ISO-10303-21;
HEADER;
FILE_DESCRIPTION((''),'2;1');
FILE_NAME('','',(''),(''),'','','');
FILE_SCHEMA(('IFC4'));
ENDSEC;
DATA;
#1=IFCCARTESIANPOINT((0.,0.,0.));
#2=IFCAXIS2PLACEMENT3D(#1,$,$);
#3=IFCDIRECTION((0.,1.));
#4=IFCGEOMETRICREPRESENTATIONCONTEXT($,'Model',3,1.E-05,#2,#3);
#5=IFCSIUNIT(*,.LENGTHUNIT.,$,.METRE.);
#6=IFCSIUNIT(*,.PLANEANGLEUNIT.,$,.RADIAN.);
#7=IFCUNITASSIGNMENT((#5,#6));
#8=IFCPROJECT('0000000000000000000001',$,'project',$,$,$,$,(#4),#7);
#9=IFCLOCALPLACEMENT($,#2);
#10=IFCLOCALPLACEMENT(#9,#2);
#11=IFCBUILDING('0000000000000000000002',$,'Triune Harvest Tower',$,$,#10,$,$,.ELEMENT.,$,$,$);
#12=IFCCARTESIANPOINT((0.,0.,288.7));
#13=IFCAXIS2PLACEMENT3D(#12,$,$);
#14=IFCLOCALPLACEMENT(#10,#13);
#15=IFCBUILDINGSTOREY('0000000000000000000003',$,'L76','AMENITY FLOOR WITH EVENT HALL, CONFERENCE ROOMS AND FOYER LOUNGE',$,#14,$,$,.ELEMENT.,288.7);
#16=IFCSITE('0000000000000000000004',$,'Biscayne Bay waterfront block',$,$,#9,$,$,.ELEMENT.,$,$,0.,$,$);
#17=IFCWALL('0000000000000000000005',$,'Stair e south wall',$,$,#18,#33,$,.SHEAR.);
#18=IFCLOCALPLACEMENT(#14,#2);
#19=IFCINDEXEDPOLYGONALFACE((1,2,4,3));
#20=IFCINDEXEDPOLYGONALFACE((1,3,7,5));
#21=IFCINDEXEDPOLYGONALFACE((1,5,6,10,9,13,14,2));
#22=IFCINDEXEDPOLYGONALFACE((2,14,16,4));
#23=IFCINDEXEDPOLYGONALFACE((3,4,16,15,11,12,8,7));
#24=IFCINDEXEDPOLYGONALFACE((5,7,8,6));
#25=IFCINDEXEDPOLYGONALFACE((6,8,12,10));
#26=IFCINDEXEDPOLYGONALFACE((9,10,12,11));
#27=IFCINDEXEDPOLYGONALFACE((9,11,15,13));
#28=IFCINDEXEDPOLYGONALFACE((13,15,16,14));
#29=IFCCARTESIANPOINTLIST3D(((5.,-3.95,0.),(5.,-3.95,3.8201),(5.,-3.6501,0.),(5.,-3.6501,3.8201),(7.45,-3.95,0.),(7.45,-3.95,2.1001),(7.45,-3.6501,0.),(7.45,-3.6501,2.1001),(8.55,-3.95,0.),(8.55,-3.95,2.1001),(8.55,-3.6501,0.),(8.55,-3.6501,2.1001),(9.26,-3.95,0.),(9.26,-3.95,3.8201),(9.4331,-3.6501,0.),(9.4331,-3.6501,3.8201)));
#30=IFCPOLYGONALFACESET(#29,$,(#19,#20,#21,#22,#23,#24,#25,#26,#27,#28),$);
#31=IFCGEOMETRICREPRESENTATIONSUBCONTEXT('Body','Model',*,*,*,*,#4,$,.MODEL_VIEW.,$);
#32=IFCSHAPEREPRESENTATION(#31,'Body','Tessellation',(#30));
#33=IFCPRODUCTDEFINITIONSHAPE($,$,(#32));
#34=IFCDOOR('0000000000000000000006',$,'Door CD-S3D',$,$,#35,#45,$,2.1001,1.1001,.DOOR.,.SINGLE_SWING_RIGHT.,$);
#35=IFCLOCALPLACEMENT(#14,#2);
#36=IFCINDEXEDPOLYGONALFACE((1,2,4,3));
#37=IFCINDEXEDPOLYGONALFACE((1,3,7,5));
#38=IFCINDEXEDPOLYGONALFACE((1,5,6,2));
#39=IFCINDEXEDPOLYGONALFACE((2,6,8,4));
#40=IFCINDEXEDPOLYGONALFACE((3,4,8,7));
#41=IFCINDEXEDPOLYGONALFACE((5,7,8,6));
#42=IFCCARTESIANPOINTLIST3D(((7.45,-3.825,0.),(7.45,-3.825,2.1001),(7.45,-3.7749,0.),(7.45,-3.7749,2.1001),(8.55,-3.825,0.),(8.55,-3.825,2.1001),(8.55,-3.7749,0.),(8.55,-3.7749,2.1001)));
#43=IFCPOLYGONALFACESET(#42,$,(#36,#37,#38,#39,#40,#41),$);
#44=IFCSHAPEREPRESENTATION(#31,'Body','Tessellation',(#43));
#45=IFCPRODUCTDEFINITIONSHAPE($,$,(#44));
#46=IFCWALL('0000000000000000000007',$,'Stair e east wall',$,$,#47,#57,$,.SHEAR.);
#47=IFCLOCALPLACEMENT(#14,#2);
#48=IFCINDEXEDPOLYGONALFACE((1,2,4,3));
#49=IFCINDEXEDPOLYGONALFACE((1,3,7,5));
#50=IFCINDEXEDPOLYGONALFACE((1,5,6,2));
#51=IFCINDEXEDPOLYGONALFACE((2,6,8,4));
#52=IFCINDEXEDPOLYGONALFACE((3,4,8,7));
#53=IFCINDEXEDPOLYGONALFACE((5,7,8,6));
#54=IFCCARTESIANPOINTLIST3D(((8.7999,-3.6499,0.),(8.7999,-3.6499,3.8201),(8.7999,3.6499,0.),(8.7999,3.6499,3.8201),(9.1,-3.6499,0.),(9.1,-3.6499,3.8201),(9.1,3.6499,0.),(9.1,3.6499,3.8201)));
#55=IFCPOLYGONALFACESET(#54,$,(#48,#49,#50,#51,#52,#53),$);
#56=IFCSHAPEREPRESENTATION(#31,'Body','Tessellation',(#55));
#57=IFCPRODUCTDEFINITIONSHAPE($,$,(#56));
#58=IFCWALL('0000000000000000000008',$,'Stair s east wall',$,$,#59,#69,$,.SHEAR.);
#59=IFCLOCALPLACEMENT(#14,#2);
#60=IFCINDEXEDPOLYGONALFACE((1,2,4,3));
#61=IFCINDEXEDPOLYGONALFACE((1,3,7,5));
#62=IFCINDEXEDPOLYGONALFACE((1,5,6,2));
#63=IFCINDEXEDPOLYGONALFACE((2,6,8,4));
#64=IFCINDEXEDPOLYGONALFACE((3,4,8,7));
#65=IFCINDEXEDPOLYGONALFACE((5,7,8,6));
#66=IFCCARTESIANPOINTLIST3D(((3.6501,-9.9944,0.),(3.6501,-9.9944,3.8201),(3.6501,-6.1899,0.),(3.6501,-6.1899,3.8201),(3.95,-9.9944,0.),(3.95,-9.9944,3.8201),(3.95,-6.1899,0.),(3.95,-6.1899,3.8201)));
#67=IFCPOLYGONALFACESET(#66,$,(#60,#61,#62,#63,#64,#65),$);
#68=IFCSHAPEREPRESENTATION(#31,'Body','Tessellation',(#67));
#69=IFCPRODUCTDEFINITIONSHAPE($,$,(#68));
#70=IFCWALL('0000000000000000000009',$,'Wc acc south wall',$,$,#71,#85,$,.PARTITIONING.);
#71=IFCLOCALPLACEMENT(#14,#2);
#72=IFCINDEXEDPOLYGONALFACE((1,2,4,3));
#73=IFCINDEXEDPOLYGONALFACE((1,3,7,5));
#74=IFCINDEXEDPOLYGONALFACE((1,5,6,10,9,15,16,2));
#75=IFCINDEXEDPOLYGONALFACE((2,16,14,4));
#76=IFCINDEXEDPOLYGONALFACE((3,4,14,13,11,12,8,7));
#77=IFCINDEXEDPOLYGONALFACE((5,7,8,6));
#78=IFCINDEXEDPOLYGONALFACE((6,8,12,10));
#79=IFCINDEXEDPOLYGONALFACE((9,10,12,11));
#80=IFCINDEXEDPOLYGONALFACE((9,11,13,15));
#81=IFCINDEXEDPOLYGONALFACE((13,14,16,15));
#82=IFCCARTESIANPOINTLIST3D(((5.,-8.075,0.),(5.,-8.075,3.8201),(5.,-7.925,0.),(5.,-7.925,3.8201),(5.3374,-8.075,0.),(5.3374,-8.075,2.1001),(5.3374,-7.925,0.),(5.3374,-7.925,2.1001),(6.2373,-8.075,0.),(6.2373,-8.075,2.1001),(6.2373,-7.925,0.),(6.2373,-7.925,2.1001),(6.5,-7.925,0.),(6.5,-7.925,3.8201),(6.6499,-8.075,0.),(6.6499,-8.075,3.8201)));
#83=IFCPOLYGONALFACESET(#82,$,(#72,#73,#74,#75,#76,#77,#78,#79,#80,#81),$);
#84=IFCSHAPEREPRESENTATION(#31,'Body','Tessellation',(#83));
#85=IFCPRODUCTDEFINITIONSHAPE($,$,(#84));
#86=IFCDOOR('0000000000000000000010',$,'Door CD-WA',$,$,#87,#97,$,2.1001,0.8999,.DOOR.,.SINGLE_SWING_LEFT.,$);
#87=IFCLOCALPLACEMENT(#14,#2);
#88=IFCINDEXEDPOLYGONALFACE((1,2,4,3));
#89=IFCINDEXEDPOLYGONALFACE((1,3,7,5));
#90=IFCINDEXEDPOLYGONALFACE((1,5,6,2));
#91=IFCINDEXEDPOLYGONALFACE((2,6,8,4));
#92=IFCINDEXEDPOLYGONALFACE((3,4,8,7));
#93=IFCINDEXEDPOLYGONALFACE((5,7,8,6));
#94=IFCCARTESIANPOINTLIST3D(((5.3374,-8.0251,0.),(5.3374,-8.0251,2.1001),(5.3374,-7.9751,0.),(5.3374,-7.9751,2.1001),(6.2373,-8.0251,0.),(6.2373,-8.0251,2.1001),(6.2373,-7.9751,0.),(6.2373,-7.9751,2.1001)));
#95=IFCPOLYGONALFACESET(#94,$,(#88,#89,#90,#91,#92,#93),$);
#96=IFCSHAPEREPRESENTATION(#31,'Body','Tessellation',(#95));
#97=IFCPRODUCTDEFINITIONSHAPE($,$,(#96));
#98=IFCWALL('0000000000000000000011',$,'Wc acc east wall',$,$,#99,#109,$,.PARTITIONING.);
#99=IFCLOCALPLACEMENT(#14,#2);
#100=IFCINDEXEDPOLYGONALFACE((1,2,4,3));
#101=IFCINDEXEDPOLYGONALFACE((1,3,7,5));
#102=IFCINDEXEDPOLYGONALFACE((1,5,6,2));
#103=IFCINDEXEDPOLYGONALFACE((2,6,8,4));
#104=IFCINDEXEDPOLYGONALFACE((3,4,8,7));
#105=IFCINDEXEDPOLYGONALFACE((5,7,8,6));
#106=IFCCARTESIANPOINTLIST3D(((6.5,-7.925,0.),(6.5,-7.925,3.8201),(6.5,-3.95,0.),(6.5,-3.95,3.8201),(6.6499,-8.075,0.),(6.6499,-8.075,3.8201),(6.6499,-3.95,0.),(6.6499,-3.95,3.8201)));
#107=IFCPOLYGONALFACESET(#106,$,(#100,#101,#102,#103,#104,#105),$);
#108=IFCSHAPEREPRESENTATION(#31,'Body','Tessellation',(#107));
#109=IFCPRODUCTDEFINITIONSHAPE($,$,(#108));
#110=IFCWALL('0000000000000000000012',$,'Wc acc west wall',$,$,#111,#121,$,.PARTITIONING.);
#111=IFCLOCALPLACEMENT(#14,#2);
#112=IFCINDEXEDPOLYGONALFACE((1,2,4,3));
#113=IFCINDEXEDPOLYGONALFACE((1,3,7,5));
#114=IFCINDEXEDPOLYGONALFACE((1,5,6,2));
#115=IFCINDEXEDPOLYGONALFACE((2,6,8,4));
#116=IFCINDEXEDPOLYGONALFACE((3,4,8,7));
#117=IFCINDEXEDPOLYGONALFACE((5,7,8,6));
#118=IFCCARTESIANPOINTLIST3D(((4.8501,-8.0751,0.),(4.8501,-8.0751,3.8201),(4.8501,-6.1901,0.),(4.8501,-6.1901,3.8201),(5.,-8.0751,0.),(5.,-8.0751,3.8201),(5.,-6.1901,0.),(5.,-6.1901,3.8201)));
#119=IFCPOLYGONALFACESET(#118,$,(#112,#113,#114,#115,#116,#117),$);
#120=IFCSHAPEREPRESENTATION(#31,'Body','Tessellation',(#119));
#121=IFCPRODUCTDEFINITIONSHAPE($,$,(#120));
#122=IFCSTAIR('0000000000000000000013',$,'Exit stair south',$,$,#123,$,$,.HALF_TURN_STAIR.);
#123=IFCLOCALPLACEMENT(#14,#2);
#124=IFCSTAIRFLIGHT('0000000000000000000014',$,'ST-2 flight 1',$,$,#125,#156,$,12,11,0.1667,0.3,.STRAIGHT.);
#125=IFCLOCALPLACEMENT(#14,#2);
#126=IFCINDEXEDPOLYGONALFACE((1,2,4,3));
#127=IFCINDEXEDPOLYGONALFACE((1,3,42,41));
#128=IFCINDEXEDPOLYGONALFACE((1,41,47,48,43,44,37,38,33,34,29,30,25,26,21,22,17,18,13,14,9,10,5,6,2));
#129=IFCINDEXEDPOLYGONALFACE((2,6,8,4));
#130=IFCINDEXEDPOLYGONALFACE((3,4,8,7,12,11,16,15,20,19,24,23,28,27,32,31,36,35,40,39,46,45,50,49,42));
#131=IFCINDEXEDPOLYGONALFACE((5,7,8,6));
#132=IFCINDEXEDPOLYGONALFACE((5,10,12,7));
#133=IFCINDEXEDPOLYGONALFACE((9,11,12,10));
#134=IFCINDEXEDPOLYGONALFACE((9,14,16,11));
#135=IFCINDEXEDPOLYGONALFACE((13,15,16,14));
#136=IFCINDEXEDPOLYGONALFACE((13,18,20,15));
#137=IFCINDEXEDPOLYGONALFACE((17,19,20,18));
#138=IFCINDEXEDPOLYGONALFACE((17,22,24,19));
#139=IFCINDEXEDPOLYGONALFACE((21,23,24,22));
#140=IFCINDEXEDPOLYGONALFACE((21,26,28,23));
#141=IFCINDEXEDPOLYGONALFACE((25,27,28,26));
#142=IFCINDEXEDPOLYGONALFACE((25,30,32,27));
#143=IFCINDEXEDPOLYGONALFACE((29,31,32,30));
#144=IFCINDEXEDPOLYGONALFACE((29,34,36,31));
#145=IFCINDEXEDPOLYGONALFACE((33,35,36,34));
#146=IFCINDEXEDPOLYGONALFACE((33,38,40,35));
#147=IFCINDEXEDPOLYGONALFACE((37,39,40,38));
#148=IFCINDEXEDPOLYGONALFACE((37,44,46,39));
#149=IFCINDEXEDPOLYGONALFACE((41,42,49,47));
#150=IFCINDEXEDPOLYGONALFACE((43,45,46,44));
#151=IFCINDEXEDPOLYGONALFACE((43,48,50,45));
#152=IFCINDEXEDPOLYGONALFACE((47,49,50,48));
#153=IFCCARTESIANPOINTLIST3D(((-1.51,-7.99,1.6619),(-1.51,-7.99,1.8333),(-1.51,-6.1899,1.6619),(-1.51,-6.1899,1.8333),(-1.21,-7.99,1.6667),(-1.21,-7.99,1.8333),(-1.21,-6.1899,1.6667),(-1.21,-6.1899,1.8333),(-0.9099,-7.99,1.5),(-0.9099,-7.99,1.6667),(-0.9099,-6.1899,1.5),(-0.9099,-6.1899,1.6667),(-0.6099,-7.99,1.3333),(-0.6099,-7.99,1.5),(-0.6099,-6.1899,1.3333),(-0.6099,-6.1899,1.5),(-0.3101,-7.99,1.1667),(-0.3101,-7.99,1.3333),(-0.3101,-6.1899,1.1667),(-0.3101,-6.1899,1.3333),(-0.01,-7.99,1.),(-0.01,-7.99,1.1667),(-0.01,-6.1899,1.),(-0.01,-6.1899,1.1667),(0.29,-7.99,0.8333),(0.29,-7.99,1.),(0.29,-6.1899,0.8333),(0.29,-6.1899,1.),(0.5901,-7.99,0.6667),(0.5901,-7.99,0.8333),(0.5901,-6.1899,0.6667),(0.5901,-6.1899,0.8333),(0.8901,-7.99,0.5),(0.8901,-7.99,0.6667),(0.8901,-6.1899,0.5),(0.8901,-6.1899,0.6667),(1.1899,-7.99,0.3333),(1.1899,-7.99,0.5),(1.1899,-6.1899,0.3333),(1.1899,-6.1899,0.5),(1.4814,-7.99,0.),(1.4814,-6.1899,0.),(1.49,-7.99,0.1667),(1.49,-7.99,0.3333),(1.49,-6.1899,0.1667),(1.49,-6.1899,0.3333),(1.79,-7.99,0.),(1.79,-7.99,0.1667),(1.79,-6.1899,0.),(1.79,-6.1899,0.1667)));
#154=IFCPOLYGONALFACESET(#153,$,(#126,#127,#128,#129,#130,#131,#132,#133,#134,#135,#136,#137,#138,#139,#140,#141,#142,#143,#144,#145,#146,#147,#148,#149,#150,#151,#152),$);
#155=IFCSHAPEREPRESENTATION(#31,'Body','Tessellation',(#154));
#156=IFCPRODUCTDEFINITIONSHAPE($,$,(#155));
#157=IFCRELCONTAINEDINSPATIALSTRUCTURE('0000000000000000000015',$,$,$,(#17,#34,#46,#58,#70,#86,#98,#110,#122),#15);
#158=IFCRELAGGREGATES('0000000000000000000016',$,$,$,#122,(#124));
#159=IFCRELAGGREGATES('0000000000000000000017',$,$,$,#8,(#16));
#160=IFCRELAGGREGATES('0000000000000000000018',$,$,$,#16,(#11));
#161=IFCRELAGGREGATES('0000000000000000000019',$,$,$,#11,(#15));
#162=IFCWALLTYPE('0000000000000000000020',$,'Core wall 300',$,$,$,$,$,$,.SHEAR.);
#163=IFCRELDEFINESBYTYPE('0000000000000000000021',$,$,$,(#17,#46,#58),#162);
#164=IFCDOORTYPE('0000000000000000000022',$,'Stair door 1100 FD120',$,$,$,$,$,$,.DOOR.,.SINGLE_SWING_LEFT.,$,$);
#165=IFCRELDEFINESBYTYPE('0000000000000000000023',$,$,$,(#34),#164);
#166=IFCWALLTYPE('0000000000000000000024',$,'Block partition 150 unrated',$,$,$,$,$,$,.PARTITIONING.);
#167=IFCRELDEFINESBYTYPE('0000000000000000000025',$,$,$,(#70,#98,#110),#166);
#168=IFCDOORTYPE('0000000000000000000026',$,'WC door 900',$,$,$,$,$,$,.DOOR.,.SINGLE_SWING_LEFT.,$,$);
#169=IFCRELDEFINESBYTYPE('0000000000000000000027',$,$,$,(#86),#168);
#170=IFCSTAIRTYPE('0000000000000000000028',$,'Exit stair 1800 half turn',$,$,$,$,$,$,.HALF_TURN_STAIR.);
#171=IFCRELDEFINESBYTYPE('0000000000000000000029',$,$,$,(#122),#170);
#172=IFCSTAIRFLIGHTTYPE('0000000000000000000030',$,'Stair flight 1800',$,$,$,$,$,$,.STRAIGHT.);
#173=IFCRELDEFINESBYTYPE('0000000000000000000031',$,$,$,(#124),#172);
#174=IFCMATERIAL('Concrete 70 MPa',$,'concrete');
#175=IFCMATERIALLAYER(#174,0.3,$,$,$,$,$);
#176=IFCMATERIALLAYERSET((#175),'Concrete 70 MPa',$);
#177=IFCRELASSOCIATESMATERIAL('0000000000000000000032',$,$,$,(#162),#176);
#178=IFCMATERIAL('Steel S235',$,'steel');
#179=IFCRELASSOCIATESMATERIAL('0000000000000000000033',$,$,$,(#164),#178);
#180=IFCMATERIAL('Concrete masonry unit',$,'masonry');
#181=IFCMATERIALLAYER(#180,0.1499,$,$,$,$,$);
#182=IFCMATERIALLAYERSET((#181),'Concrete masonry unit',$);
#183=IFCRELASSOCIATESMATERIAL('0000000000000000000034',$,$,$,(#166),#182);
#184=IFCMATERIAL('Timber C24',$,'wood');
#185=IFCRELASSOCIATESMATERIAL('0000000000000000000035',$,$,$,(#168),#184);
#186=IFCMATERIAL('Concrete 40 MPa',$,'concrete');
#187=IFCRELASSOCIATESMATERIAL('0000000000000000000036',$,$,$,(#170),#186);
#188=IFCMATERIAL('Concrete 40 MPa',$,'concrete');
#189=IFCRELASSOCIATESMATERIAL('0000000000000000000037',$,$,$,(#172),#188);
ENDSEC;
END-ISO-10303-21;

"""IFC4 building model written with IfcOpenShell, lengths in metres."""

from ifc_helpers import new_model, si_unit, direction, frame, frame_2d, origin, place, context, subcontext, project, spatial, polyline, rectangle, outline, extrude, source, transform, mapped, material, layer, layer_set, type_object, element, fill, aggregate, save


model = new_model("IFC4")

# Units and contexts
model_context = context("Model", 3, precision=1e-05, world=origin(), true_north=direction((0.0, 1.0)))
body_context = subcontext(model_context, "Body", "Model", "MODEL_VIEW")
ifc_project = project(units=[si_unit("LENGTHUNIT", "METRE"), si_unit("PLANEANGLEUNIT", "RADIAN")], contexts=[model_context])

# Site, building, storey
site_placement = place(None, origin())
site = spatial("IfcSite", under=ifc_project, at=site_placement, Name="Biscayne Bay waterfront block", CompositionType="ELEMENT", RefElevation=0.0)
building_placement = place(site_placement, origin())
building = spatial("IfcBuilding", under=site, at=building_placement, Name="Triune Harvest Tower", CompositionType="ELEMENT")
storey_placement = place(building_placement, frame((0.0, 0.0, 288.7)))
storey = spatial("IfcBuildingStorey", under=building, at=storey_placement, Name="L76", Description="AMENITY FLOOR WITH EVENT HALL, CONFERENCE ROOMS AND FOYER LOUNGE", CompositionType="ELEMENT", Elevation=288.7)

# Shared definitions
ifc_material_1 = material(Name="Concrete 70 MPa", Category="concrete")
ifc_layer_1 = layer(ifc_material_1, 0.3)
ifc_layer_set_1 = layer_set([ifc_layer_1], Name="Concrete 70 MPa")
wall_type_1 = type_object("IfcWallType", Name="Core wall 300", PredefinedType="SHEAR", material=ifc_layer_set_1)

# Wall, opening, door
ifc_material_2 = material(Name="Steel S235", Category="steel")
door_type_1 = type_object("IfcDoorType", Name="Stair door 1100 FD120", OperationType="SINGLE_SWING_LEFT", PredefinedType="DOOR", material=ifc_material_2)
shared_shape_1 = source(origin(), body_context, "Body", "SweptSolid", [
    extrude(outline(polyline([(0.0, -0.1499), (0.0, 0.1499), (4.4331, 0.1499), (4.26, -0.1499), (0.0, -0.1499)])), origin(), (0.0, 0.0, 1.0), 3.8201),
])
wall_1_placement = place(storey_placement, frame((5.0, -3.8, 0.0), z_axis=(0.0, 0.0, 1.0), x_axis=(1.0, 0.0, 0.0)))
wall_1 = element("IfcWall", 1, at=wall_1_placement, inside=storey, type_object=wall_type_1, Name="Stair e south wall", PredefinedType="SHEAR", context=body_context, shape_type="MappedRepresentation", body=[
    mapped(shared_shape_1, transform((0.0, 0.0, 0.0), scale=1.0)),
])
opening_1_placement = place(wall_1_placement, frame((2.45, 0.0, 0.0)))
opening_1 = element("IfcOpeningElement", 2, at=opening_1_placement, cuts=wall_1, PredefinedType="OPENING", context=body_context, shape_type="SweptSolid", body=[
    extrude(rectangle(XDim=1.1001, YDim=2.1001, at=frame_2d((0.55, 1.05))), frame((0.0, 0.1602, 0.0), z_axis=(0.0, -1.0, 0.0), x_axis=(1.0, 0.0, 0.0)), (0.0, 0.0, 1.0), 0.3201),
])
door_1_placement = place(opening_1_placement, frame((1.1001, 0.0, 0.0), z_axis=(0.0, 0.0, 1.0), x_axis=(-1.0, 0.0, 0.0)))
door_1 = element("IfcDoor", 3, at=door_1_placement, inside=storey, type_object=door_type_1, Name="Door CD-S3D", OperationType="SINGLE_SWING_RIGHT", OverallHeight=2.1001, OverallWidth=1.1001, PredefinedType="DOOR", context=body_context, shape_type="SweptSolid", body=[
    extrude(rectangle(XDim=1.1001, YDim=2.1001, at=frame_2d((0.55, 1.05))), frame((0.0, 0.0249, 0.0), z_axis=(0.0, -1.0, 0.0), x_axis=(1.0, 0.0, 0.0)), (0.0, 0.0, 1.0), 0.05),
])
fill(opening_1, door_1)

# Walls
shared_shape_2 = source(origin(), body_context, "Body", "SweptSolid", [
    extrude(rectangle(XDim=7.2998, YDim=0.3, at=frame_2d((3.6499, 0.0))), origin(), (0.0, 0.0, 1.0), 3.8201),
])
wall_2_placement = place(storey_placement, frame((8.95, -3.6499, 0.0), z_axis=(0.0, 0.0, 1.0), x_axis=(0.0, 1.0, 0.0)))
element("IfcWall", 4, at=wall_2_placement, inside=storey, type_object=wall_type_1, Name="Stair e east wall", PredefinedType="SHEAR", context=body_context, shape_type="MappedRepresentation", body=[
    mapped(shared_shape_2, transform((0.0, 0.0, 0.0), scale=1.0)),
])
shared_shape_3 = source(origin(), body_context, "Body", "SweptSolid", [
    extrude(outline(polyline([(3.8, -0.1499), (-0.0044, -0.1499), (-0.0044, 0.1499), (3.8, 0.1499), (3.8, -0.1499)])), origin(), (0.0, 0.0, 1.0), 3.8201),
])
wall_3_placement = place(storey_placement, frame((3.8, -9.99, 0.0), z_axis=(0.0, 0.0, 1.0), x_axis=(0.0, 1.0, 0.0)))
element("IfcWall", 5, at=wall_3_placement, inside=storey, type_object=wall_type_1, Name="Stair s east wall", PredefinedType="SHEAR", context=body_context, shape_type="MappedRepresentation", body=[
    mapped(shared_shape_3, transform((0.0, 0.0, 0.0), scale=1.0)),
])

# Wall, opening, door
ifc_material_3 = material(Name="Concrete masonry unit", Category="masonry")
ifc_layer_2 = layer(ifc_material_3, 0.1499)
ifc_layer_set_2 = layer_set([ifc_layer_2], Name="Concrete masonry unit")
wall_type_2 = type_object("IfcWallType", Name="Block partition 150 unrated", PredefinedType="PARTITIONING", material=ifc_layer_set_2)
shared_shape_4 = source(origin(), body_context, "Body", "SweptSolid", [
    extrude(outline(polyline([(0.0, -0.075), (1.6499, -0.075), (1.5, 0.075), (0.0, 0.075), (0.0, -0.075)])), origin(), (0.0, 0.0, 1.0), 3.8201),
])
wall_4_placement = place(storey_placement, frame((5.0, -8.0, 0.0), z_axis=(0.0, 0.0, 1.0), x_axis=(1.0, 0.0, 0.0)))
wall_4 = element("IfcWall", 6, at=wall_4_placement, inside=storey, type_object=wall_type_2, Name="Wc acc south wall", PredefinedType="PARTITIONING", context=body_context, shape_type="MappedRepresentation", body=[
    mapped(shared_shape_4, transform((0.0, 0.0, 0.0), scale=1.0)),
])
opening_2_placement = place(wall_4_placement, frame((0.3374, 0.0, 0.0)))
opening_2 = element("IfcOpeningElement", 7, at=opening_2_placement, cuts=wall_4, PredefinedType="OPENING", context=body_context, shape_type="SweptSolid", body=[
    extrude(rectangle(XDim=0.8999, YDim=2.1001, at=frame_2d((0.45, 1.05))), frame((0.0, 0.085, 0.0), z_axis=(0.0, -1.0, 0.0), x_axis=(1.0, 0.0, 0.0)), (0.0, 0.0, 1.0), 0.1699),
])
ifc_material_4 = material(Name="Timber C24", Category="wood")
door_type_2 = type_object("IfcDoorType", Name="WC door 900", OperationType="SINGLE_SWING_LEFT", PredefinedType="DOOR", material=ifc_material_4)
door_2_placement = place(opening_2_placement, origin())
door_2 = element("IfcDoor", 8, at=door_2_placement, inside=storey, type_object=door_type_2, Name="Door CD-WA", OperationType="SINGLE_SWING_LEFT", OverallHeight=2.1001, OverallWidth=0.8999, PredefinedType="DOOR", context=body_context, shape_type="SweptSolid", body=[
    extrude(rectangle(XDim=0.8999, YDim=2.1001, at=frame_2d((0.45, 1.05))), frame((0.0, 0.0249, 0.0), z_axis=(0.0, -1.0, 0.0), x_axis=(1.0, 0.0, 0.0)), (0.0, 0.0, 1.0), 0.05),
])
fill(opening_2, door_2)

# Walls
shared_shape_5 = source(origin(), body_context, "Body", "SweptSolid", [
    extrude(outline(polyline([(-0.075, -0.075), (4.05, -0.075), (4.05, 0.075), (0.075, 0.075), (-0.075, -0.075)])), origin(), (0.0, 0.0, 1.0), 3.8201),
])
wall_5_placement = place(storey_placement, frame((6.575, -8.0, 0.0), z_axis=(0.0, 0.0, 1.0), x_axis=(0.0, 1.0, 0.0)))
element("IfcWall", 9, at=wall_5_placement, inside=storey, type_object=wall_type_2, Name="Wc acc east wall", PredefinedType="PARTITIONING", context=body_context, shape_type="MappedRepresentation", body=[
    mapped(shared_shape_5, transform((0.0, 0.0, 0.0), scale=1.0)),
])
shared_shape_6 = source(origin(), body_context, "Body", "SweptSolid", [
    extrude(rectangle(XDim=1.885, YDim=0.1499, at=frame_2d((0.9424, 0.0))), origin(), (0.0, 0.0, 1.0), 3.8201),
])
wall_6_placement = place(storey_placement, frame((4.925, -8.075, 0.0), z_axis=(0.0, 0.0, 1.0), x_axis=(0.0, 1.0, 0.0)))
element("IfcWall", 10, at=wall_6_placement, inside=storey, type_object=wall_type_2, Name="Wc acc west wall", PredefinedType="PARTITIONING", context=body_context, shape_type="MappedRepresentation", body=[
    mapped(shared_shape_6, transform((0.0, 0.0, 0.0), scale=1.0)),
])

# Stair, stair flight
ifc_material_5 = material(Name="Concrete 40 MPa", Category="concrete")
stair_type = type_object("IfcStairType", Name="Exit stair 1800 half turn", PredefinedType="HALF_TURN_STAIR", material=ifc_material_5)
stair_1_placement = place(storey_placement, origin())
stair_1 = element("IfcStair", 11, at=stair_1_placement, inside=storey, type_object=stair_type, Name="Exit stair south", PredefinedType="HALF_TURN_STAIR")
ifc_material_6 = material(Name="Concrete 40 MPa", Category="concrete")
stair_flight_type = type_object("IfcStairFlightType", Name="Stair flight 1800", PredefinedType="STRAIGHT", material=ifc_material_6)
shared_shape_7 = source(origin(), body_context, "Body", "SweptSolid", [
    extrude(outline(polyline([(0.0, 0.0), (0.0, 0.1667), (0.3, 0.1667), (0.3, 0.3333), (0.6001, 0.3333), (0.6001, 0.5), (0.8999, 0.5), (0.8999, 0.6667), (1.2, 0.6667), (1.2, 0.8333), (1.5, 0.8333), (1.5, 1.0), (1.8, 1.0), (1.8, 1.1667), (2.1001, 1.1667), (2.1001, 1.3333), (2.3999, 1.3333), (2.3999, 1.5), (2.7, 1.5), (2.7, 1.6667), (3.0, 1.6667), (3.0, 1.8333), (3.3, 1.8333), (3.3, 2.0), (3.3, 1.6619), (0.3086, 0.0), (0.0, 0.0)])), frame((0.0, 0.8999, 0.0), z_axis=(0.0, -1.0, 0.0), x_axis=(1.0, 0.0, 0.0)), (0.0, 0.0, 1.0), 1.8),
])
stair_flight_1_placement = place(storey_placement, frame((1.79, -7.0901, 0.0), z_axis=(0.0, 0.0, 1.0), x_axis=(-1.0, 0.0, 0.0)))
stair_flight_1 = element("IfcStairFlight", 12, at=stair_flight_1_placement, type_object=stair_flight_type, Name="ST-2 flight 1", NumberOfRisers=12, NumberOfTreads=11, PredefinedType="STRAIGHT", RiserHeight=0.1667, TreadLength=0.3, context=body_context, shape_type="MappedRepresentation", body=[
    mapped(shared_shape_7, transform((0.0, 0.0, 0.0), scale=1.0)),
])
aggregate(stair_1, [stair_flight_1])

save(model, "model.ifc")
